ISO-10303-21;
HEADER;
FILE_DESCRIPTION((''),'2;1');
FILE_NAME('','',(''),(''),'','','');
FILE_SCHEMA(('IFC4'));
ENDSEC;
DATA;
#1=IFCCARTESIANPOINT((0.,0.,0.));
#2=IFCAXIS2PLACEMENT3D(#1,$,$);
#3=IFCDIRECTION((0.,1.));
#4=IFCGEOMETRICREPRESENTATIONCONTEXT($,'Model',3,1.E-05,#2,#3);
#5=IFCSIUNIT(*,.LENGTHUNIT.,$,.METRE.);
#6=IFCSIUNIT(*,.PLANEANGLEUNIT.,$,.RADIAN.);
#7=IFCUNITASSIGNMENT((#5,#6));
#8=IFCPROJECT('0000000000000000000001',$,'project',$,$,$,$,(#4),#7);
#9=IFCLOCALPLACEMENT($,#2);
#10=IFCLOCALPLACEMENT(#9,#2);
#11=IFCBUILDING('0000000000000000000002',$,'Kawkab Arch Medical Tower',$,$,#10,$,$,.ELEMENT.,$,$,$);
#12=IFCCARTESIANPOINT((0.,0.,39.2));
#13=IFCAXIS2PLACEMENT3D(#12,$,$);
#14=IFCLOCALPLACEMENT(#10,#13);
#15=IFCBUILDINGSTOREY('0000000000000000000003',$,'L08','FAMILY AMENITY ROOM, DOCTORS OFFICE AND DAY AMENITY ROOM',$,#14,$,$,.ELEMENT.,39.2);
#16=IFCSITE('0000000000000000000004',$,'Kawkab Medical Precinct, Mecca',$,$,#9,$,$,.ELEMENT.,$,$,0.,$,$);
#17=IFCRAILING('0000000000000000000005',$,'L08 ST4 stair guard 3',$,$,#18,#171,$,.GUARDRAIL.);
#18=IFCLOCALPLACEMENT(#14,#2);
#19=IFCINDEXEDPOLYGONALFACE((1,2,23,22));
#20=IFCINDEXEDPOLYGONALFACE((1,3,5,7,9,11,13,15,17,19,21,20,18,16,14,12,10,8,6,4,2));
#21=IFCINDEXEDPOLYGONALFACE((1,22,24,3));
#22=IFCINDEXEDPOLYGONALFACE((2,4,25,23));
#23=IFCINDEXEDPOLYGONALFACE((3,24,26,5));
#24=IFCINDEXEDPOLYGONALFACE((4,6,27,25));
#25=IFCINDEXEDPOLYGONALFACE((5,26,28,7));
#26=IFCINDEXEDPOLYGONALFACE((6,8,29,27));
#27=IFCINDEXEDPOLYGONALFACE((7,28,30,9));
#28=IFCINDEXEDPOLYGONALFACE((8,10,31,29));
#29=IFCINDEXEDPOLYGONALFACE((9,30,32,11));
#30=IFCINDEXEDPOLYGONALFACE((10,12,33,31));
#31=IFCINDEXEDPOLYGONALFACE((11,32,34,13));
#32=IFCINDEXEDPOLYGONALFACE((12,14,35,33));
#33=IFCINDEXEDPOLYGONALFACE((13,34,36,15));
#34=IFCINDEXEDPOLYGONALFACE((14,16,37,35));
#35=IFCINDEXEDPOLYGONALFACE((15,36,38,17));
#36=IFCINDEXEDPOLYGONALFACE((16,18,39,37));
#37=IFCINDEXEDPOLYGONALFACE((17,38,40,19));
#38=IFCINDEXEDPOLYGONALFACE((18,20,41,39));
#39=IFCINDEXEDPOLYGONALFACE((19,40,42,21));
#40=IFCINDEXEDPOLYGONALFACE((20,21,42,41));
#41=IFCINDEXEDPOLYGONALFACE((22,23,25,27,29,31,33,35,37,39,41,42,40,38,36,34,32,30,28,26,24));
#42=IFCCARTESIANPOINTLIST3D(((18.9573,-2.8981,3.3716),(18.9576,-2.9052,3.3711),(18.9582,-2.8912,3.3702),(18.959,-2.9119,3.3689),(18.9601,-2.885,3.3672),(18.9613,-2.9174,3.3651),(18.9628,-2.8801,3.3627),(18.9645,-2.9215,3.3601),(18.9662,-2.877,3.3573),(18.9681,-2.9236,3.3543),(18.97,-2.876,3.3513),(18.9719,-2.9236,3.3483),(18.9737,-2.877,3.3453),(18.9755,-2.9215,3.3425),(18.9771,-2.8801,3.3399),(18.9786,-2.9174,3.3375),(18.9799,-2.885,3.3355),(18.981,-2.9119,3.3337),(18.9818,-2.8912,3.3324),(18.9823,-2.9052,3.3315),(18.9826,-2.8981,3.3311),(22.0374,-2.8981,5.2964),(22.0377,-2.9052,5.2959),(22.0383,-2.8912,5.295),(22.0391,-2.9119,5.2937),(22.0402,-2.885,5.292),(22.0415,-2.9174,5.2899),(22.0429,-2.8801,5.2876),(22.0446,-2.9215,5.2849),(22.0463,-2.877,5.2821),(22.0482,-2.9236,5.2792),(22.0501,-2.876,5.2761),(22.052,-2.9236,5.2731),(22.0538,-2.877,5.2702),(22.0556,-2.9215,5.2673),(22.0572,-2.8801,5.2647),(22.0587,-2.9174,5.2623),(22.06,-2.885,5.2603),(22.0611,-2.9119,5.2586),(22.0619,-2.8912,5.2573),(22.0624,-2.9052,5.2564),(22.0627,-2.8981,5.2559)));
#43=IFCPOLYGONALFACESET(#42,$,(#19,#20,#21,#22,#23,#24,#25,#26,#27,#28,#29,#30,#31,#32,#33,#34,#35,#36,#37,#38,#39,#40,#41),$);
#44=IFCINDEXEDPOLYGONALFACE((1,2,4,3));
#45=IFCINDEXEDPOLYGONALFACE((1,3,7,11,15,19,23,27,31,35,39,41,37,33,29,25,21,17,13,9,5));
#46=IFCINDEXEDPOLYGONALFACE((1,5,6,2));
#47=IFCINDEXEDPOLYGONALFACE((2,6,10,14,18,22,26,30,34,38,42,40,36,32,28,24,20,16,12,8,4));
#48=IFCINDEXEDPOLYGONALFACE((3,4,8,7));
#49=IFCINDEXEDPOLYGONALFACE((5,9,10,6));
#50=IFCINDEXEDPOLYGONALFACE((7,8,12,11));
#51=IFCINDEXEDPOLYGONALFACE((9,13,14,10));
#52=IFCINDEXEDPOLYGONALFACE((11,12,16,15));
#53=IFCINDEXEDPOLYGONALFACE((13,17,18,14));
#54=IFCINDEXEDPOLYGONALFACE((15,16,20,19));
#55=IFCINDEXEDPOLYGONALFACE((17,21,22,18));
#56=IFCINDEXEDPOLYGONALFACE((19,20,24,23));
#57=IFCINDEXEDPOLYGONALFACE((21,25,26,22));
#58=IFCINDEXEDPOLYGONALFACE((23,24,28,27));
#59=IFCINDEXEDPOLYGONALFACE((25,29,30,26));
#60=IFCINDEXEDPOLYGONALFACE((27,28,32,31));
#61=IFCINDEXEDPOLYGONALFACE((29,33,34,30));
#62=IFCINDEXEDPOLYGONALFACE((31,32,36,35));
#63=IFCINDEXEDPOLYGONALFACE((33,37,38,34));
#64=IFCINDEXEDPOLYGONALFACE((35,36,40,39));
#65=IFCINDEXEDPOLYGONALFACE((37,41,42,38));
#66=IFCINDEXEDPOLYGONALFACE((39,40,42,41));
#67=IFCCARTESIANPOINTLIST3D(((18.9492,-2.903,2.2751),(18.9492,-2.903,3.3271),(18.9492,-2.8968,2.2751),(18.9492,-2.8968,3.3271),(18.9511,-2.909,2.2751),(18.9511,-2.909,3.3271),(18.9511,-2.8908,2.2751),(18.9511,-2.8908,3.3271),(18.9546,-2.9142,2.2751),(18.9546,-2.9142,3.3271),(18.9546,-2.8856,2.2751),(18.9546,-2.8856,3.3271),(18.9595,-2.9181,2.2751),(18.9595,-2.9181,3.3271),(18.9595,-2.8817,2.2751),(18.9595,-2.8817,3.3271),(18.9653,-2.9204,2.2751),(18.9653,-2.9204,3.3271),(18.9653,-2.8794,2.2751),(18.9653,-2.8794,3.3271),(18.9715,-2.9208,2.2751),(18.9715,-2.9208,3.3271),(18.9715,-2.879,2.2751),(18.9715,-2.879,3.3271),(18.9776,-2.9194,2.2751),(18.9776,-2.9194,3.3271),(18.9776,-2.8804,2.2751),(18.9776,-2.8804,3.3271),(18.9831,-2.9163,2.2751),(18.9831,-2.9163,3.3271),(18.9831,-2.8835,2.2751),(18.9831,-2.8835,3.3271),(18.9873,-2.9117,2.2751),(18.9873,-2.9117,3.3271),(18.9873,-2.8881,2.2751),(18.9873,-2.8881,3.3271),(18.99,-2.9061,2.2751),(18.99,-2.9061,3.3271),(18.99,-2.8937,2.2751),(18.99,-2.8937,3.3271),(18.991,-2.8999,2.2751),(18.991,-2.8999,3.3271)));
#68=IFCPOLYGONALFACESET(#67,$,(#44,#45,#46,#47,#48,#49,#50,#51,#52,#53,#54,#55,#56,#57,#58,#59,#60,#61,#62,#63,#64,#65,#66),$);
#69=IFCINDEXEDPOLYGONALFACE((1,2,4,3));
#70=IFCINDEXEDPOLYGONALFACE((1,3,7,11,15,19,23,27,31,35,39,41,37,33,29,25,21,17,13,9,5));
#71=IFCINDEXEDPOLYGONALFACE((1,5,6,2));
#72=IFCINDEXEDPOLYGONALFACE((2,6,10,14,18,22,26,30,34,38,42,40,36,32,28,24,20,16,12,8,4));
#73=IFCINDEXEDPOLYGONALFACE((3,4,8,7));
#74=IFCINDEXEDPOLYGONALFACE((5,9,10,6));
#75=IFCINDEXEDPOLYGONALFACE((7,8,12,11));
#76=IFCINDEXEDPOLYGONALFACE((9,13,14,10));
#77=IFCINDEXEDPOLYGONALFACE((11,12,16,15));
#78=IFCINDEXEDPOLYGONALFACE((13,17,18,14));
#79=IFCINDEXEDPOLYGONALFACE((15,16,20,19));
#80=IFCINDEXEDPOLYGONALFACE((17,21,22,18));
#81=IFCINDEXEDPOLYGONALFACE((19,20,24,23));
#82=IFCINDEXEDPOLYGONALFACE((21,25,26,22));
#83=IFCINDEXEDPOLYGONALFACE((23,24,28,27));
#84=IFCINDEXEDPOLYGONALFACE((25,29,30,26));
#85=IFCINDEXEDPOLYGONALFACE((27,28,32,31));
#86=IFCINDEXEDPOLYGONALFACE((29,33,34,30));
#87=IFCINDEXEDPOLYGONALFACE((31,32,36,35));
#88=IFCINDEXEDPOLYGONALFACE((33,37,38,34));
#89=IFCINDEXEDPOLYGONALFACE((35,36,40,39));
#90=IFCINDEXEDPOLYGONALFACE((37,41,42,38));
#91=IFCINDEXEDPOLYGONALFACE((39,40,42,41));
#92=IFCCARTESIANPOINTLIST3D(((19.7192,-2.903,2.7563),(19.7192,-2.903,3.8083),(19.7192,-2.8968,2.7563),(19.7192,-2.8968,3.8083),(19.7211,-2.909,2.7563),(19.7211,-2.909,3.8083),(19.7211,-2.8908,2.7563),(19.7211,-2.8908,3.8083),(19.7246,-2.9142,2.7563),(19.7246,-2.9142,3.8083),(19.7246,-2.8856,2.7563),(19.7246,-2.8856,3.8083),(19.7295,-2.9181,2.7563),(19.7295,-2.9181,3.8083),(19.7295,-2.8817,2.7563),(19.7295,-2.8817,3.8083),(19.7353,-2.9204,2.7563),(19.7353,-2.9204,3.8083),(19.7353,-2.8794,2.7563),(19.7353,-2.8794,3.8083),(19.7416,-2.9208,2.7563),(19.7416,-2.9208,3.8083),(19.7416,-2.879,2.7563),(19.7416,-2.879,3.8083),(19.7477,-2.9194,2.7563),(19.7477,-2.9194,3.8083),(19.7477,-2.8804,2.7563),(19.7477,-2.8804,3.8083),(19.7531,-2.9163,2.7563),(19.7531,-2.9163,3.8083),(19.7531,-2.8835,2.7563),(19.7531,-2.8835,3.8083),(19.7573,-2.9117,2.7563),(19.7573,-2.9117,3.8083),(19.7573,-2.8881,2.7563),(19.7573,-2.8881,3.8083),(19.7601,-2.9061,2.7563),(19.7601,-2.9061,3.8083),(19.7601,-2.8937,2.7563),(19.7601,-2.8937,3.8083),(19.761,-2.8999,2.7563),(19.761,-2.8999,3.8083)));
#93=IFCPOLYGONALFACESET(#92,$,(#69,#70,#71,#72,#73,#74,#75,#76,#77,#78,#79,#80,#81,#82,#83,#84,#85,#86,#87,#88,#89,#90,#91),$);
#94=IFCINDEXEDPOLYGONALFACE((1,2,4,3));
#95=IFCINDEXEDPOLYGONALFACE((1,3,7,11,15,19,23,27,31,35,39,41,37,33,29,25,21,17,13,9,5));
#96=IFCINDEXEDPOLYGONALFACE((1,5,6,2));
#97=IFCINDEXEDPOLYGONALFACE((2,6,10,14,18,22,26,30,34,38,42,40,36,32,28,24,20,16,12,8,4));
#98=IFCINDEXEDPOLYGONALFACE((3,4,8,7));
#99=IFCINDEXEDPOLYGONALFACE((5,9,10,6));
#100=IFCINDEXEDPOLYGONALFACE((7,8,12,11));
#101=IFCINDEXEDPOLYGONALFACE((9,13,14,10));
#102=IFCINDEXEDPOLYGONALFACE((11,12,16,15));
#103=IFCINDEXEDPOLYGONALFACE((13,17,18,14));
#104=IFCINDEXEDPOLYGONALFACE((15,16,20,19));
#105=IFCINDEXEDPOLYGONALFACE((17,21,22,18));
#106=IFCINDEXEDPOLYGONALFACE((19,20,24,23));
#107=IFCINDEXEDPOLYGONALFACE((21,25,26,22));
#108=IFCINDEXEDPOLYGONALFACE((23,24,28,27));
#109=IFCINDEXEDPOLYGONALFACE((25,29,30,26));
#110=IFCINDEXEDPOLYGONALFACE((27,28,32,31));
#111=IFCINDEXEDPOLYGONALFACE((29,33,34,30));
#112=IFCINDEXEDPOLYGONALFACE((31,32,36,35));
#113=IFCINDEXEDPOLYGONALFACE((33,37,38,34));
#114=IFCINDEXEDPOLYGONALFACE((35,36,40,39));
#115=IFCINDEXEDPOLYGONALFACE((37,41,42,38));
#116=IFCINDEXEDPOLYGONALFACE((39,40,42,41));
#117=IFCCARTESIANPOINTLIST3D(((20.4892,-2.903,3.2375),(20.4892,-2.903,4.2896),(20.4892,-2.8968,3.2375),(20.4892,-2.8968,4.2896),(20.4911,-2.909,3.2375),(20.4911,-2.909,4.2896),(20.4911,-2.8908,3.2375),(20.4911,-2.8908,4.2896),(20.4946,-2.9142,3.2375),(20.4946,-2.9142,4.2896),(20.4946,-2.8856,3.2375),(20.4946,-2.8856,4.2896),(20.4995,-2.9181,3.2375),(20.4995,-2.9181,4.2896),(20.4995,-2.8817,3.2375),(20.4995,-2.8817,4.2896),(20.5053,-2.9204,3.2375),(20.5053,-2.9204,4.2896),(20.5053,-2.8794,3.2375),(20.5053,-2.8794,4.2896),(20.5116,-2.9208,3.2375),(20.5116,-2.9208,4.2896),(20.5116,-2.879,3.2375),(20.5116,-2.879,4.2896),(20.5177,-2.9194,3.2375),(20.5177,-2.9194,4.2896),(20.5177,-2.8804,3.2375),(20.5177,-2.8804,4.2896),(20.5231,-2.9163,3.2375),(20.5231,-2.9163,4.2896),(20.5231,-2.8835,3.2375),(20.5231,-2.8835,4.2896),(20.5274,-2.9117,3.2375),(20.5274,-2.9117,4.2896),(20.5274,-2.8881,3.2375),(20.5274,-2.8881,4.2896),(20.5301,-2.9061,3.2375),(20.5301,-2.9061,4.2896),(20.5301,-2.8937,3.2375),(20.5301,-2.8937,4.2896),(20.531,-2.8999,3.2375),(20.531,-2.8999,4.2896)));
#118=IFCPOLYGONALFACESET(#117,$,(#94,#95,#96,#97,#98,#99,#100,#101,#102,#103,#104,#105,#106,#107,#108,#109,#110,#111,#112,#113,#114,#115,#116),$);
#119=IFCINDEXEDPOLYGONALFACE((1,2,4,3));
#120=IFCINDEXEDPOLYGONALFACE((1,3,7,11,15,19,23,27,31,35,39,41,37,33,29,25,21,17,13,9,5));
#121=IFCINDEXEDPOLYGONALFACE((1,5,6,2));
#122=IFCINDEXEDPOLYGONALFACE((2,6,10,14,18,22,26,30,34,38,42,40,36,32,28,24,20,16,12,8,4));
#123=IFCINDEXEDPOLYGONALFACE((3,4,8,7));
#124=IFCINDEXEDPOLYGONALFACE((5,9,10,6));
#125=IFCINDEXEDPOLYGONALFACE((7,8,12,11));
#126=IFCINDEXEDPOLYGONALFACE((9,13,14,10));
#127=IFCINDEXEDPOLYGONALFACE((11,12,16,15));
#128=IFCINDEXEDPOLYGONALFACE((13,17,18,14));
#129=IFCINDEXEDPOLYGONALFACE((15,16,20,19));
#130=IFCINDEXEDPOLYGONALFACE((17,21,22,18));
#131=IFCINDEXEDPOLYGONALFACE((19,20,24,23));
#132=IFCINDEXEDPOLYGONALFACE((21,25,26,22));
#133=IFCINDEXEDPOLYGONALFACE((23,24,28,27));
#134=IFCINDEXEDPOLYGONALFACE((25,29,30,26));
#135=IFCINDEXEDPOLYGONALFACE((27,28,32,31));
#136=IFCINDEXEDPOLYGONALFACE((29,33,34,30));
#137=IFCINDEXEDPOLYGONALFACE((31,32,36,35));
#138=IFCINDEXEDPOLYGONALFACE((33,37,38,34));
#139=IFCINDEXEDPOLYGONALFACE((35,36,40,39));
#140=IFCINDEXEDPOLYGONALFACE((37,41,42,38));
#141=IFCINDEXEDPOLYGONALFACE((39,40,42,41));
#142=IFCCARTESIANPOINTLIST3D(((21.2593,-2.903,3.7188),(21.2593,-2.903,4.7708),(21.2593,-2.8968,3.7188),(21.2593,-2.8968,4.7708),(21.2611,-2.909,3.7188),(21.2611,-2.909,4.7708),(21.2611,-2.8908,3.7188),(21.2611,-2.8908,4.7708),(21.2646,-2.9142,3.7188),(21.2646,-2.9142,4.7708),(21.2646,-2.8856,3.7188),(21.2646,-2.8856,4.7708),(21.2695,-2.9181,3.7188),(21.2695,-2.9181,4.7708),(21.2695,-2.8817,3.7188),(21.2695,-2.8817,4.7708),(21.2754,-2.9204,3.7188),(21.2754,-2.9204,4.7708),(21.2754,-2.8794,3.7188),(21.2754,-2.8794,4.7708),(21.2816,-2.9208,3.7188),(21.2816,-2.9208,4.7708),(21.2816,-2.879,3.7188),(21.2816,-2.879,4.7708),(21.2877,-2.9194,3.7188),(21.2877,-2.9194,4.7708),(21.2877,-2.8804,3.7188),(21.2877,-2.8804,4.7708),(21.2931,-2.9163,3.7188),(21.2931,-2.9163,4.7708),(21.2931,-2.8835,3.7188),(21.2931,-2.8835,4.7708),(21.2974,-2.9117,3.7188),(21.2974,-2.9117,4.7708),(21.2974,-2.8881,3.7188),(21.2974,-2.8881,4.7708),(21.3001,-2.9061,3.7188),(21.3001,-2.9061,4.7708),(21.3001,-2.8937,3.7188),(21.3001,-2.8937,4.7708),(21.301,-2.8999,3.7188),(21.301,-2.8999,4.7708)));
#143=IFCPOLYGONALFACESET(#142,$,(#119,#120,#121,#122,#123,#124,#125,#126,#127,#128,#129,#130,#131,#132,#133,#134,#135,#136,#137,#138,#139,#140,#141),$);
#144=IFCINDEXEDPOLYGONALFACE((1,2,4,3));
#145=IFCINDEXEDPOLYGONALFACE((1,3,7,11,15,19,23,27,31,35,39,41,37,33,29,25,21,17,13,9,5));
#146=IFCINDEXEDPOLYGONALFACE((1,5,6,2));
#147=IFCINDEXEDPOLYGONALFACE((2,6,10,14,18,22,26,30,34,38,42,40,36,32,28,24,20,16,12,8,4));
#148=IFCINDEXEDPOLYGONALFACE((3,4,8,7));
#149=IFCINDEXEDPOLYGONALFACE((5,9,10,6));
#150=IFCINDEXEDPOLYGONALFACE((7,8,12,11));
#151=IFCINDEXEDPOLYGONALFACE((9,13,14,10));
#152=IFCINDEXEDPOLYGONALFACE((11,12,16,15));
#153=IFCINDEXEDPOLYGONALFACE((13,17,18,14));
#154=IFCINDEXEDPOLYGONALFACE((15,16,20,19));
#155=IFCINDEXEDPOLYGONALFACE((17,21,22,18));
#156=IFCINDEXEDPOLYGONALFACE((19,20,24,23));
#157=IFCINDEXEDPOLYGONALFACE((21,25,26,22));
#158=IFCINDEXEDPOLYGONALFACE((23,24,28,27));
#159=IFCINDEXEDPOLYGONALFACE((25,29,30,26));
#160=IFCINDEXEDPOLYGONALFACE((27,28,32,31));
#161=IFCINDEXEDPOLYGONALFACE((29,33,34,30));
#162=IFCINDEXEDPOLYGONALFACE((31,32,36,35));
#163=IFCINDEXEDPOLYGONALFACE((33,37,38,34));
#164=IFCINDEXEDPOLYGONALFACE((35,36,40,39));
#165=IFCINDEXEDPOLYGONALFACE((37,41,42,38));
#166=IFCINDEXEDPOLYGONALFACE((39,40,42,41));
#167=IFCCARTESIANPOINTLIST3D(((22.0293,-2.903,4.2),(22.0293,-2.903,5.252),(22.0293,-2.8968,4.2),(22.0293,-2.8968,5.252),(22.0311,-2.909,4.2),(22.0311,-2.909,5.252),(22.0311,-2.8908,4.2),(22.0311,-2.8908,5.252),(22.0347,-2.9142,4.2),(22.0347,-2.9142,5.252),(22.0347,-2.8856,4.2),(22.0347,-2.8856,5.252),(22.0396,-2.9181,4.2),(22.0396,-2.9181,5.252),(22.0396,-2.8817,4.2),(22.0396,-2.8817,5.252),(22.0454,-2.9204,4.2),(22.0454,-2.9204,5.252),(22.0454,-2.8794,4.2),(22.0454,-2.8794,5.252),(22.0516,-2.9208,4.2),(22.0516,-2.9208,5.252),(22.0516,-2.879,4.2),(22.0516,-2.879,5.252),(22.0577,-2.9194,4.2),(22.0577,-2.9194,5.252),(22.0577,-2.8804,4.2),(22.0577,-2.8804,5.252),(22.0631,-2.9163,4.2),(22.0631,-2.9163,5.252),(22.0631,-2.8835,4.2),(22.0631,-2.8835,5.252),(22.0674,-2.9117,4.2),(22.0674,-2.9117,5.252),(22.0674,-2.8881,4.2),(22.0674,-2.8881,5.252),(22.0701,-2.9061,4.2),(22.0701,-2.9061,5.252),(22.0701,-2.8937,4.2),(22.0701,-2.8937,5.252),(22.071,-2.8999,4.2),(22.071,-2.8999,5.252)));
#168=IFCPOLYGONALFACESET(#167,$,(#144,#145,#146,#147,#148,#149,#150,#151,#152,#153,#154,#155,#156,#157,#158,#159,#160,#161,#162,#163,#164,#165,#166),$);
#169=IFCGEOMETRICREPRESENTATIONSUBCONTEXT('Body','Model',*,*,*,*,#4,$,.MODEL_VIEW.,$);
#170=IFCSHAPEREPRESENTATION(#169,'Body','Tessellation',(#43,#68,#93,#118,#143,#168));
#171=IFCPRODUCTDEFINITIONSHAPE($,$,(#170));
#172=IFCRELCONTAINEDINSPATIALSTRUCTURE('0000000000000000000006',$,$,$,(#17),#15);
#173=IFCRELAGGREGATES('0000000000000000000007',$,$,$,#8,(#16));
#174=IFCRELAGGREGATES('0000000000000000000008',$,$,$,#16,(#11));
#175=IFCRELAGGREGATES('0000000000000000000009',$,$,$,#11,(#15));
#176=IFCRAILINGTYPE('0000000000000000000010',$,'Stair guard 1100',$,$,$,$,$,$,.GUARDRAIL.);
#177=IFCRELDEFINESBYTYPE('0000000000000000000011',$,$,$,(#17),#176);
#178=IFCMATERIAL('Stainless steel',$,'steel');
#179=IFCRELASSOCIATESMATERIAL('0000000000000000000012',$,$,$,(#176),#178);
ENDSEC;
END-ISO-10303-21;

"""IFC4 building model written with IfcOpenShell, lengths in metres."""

from ifc_helpers import new_model, si_unit, direction, frame, origin, origin_2d, place, context, subcontext, project, spatial, circle, extrude, material, type_object, element, save


model = new_model("IFC4")

# Units and contexts
model_context = context("Model", 3, precision=1e-05, world=origin(), true_north=direction((0.0, 1.0)))
body_context = subcontext(model_context, "Body", "Model", "MODEL_VIEW")
ifc_project = project(units=[si_unit("LENGTHUNIT", "METRE"), si_unit("PLANEANGLEUNIT", "RADIAN")], contexts=[model_context])

# Site, building, storey
site_placement = place(None, origin())
site = spatial("IfcSite", under=ifc_project, at=site_placement, Name="Kawkab Medical Precinct, Mecca", CompositionType="ELEMENT", RefElevation=0.0)
building_placement = place(site_placement, origin())
building = spatial("IfcBuilding", under=site, at=building_placement, Name="Kawkab Arch Medical Tower", CompositionType="ELEMENT")
storey_placement = place(building_placement, frame((0.0, 0.0, 39.2)))
storey = spatial("IfcBuildingStorey", under=building, at=storey_placement, Name="L08", Description="FAMILY AMENITY ROOM, DOCTORS OFFICE AND DAY AMENITY ROOM", CompositionType="ELEMENT", Elevation=39.2)

# Railing
ifc_material_1 = material(Name="Stainless steel", Category="steel")
railing_type_1 = type_object("IfcRailingType", Name="Stair guard 1100", PredefinedType="GUARDRAIL", material=ifc_material_1)
railing_1_placement = place(storey_placement, frame((18.97, -2.8999, 2.2751)))
element("IfcRailing", 1, at=railing_1_placement, inside=storey, type_object=railing_type_1, Name="L08 ST4 stair guard 3", PredefinedType="GUARDRAIL", context=body_context, shape_type="SweptSolid", body=[
    extrude(circle(Radius=0.0239, at=origin_2d()), frame((0.0, 0.0, 1.0762), z_axis=(0.848029, 0.0, 0.529951), x_axis=(0.0, 1.0, 0.0)), (0.0, 0.0, 1.0), 3.6321),
    extrude(circle(Radius=0.021, at=origin_2d()), origin(), (0.0, 0.0, 1.0), 1.052),
    extrude(circle(Radius=0.021, at=origin_2d()), frame((0.77, 0.0, 0.4812)), (0.0, 0.0, 1.0), 1.052),
    extrude(circle(Radius=0.021, at=origin_2d()), frame((1.54, 0.0, 0.9624)), (0.0, 0.0, 1.0), 1.052),
    extrude(circle(Radius=0.021, at=origin_2d()), frame((2.3101, 0.0, 1.4436)), (0.0, 0.0, 1.0), 1.052),
    extrude(circle(Radius=0.021, at=origin_2d()), frame((3.0801, 0.0, 1.9248)), (0.0, 0.0, 1.0), 1.052),
])

save(model, "model.ifc")
